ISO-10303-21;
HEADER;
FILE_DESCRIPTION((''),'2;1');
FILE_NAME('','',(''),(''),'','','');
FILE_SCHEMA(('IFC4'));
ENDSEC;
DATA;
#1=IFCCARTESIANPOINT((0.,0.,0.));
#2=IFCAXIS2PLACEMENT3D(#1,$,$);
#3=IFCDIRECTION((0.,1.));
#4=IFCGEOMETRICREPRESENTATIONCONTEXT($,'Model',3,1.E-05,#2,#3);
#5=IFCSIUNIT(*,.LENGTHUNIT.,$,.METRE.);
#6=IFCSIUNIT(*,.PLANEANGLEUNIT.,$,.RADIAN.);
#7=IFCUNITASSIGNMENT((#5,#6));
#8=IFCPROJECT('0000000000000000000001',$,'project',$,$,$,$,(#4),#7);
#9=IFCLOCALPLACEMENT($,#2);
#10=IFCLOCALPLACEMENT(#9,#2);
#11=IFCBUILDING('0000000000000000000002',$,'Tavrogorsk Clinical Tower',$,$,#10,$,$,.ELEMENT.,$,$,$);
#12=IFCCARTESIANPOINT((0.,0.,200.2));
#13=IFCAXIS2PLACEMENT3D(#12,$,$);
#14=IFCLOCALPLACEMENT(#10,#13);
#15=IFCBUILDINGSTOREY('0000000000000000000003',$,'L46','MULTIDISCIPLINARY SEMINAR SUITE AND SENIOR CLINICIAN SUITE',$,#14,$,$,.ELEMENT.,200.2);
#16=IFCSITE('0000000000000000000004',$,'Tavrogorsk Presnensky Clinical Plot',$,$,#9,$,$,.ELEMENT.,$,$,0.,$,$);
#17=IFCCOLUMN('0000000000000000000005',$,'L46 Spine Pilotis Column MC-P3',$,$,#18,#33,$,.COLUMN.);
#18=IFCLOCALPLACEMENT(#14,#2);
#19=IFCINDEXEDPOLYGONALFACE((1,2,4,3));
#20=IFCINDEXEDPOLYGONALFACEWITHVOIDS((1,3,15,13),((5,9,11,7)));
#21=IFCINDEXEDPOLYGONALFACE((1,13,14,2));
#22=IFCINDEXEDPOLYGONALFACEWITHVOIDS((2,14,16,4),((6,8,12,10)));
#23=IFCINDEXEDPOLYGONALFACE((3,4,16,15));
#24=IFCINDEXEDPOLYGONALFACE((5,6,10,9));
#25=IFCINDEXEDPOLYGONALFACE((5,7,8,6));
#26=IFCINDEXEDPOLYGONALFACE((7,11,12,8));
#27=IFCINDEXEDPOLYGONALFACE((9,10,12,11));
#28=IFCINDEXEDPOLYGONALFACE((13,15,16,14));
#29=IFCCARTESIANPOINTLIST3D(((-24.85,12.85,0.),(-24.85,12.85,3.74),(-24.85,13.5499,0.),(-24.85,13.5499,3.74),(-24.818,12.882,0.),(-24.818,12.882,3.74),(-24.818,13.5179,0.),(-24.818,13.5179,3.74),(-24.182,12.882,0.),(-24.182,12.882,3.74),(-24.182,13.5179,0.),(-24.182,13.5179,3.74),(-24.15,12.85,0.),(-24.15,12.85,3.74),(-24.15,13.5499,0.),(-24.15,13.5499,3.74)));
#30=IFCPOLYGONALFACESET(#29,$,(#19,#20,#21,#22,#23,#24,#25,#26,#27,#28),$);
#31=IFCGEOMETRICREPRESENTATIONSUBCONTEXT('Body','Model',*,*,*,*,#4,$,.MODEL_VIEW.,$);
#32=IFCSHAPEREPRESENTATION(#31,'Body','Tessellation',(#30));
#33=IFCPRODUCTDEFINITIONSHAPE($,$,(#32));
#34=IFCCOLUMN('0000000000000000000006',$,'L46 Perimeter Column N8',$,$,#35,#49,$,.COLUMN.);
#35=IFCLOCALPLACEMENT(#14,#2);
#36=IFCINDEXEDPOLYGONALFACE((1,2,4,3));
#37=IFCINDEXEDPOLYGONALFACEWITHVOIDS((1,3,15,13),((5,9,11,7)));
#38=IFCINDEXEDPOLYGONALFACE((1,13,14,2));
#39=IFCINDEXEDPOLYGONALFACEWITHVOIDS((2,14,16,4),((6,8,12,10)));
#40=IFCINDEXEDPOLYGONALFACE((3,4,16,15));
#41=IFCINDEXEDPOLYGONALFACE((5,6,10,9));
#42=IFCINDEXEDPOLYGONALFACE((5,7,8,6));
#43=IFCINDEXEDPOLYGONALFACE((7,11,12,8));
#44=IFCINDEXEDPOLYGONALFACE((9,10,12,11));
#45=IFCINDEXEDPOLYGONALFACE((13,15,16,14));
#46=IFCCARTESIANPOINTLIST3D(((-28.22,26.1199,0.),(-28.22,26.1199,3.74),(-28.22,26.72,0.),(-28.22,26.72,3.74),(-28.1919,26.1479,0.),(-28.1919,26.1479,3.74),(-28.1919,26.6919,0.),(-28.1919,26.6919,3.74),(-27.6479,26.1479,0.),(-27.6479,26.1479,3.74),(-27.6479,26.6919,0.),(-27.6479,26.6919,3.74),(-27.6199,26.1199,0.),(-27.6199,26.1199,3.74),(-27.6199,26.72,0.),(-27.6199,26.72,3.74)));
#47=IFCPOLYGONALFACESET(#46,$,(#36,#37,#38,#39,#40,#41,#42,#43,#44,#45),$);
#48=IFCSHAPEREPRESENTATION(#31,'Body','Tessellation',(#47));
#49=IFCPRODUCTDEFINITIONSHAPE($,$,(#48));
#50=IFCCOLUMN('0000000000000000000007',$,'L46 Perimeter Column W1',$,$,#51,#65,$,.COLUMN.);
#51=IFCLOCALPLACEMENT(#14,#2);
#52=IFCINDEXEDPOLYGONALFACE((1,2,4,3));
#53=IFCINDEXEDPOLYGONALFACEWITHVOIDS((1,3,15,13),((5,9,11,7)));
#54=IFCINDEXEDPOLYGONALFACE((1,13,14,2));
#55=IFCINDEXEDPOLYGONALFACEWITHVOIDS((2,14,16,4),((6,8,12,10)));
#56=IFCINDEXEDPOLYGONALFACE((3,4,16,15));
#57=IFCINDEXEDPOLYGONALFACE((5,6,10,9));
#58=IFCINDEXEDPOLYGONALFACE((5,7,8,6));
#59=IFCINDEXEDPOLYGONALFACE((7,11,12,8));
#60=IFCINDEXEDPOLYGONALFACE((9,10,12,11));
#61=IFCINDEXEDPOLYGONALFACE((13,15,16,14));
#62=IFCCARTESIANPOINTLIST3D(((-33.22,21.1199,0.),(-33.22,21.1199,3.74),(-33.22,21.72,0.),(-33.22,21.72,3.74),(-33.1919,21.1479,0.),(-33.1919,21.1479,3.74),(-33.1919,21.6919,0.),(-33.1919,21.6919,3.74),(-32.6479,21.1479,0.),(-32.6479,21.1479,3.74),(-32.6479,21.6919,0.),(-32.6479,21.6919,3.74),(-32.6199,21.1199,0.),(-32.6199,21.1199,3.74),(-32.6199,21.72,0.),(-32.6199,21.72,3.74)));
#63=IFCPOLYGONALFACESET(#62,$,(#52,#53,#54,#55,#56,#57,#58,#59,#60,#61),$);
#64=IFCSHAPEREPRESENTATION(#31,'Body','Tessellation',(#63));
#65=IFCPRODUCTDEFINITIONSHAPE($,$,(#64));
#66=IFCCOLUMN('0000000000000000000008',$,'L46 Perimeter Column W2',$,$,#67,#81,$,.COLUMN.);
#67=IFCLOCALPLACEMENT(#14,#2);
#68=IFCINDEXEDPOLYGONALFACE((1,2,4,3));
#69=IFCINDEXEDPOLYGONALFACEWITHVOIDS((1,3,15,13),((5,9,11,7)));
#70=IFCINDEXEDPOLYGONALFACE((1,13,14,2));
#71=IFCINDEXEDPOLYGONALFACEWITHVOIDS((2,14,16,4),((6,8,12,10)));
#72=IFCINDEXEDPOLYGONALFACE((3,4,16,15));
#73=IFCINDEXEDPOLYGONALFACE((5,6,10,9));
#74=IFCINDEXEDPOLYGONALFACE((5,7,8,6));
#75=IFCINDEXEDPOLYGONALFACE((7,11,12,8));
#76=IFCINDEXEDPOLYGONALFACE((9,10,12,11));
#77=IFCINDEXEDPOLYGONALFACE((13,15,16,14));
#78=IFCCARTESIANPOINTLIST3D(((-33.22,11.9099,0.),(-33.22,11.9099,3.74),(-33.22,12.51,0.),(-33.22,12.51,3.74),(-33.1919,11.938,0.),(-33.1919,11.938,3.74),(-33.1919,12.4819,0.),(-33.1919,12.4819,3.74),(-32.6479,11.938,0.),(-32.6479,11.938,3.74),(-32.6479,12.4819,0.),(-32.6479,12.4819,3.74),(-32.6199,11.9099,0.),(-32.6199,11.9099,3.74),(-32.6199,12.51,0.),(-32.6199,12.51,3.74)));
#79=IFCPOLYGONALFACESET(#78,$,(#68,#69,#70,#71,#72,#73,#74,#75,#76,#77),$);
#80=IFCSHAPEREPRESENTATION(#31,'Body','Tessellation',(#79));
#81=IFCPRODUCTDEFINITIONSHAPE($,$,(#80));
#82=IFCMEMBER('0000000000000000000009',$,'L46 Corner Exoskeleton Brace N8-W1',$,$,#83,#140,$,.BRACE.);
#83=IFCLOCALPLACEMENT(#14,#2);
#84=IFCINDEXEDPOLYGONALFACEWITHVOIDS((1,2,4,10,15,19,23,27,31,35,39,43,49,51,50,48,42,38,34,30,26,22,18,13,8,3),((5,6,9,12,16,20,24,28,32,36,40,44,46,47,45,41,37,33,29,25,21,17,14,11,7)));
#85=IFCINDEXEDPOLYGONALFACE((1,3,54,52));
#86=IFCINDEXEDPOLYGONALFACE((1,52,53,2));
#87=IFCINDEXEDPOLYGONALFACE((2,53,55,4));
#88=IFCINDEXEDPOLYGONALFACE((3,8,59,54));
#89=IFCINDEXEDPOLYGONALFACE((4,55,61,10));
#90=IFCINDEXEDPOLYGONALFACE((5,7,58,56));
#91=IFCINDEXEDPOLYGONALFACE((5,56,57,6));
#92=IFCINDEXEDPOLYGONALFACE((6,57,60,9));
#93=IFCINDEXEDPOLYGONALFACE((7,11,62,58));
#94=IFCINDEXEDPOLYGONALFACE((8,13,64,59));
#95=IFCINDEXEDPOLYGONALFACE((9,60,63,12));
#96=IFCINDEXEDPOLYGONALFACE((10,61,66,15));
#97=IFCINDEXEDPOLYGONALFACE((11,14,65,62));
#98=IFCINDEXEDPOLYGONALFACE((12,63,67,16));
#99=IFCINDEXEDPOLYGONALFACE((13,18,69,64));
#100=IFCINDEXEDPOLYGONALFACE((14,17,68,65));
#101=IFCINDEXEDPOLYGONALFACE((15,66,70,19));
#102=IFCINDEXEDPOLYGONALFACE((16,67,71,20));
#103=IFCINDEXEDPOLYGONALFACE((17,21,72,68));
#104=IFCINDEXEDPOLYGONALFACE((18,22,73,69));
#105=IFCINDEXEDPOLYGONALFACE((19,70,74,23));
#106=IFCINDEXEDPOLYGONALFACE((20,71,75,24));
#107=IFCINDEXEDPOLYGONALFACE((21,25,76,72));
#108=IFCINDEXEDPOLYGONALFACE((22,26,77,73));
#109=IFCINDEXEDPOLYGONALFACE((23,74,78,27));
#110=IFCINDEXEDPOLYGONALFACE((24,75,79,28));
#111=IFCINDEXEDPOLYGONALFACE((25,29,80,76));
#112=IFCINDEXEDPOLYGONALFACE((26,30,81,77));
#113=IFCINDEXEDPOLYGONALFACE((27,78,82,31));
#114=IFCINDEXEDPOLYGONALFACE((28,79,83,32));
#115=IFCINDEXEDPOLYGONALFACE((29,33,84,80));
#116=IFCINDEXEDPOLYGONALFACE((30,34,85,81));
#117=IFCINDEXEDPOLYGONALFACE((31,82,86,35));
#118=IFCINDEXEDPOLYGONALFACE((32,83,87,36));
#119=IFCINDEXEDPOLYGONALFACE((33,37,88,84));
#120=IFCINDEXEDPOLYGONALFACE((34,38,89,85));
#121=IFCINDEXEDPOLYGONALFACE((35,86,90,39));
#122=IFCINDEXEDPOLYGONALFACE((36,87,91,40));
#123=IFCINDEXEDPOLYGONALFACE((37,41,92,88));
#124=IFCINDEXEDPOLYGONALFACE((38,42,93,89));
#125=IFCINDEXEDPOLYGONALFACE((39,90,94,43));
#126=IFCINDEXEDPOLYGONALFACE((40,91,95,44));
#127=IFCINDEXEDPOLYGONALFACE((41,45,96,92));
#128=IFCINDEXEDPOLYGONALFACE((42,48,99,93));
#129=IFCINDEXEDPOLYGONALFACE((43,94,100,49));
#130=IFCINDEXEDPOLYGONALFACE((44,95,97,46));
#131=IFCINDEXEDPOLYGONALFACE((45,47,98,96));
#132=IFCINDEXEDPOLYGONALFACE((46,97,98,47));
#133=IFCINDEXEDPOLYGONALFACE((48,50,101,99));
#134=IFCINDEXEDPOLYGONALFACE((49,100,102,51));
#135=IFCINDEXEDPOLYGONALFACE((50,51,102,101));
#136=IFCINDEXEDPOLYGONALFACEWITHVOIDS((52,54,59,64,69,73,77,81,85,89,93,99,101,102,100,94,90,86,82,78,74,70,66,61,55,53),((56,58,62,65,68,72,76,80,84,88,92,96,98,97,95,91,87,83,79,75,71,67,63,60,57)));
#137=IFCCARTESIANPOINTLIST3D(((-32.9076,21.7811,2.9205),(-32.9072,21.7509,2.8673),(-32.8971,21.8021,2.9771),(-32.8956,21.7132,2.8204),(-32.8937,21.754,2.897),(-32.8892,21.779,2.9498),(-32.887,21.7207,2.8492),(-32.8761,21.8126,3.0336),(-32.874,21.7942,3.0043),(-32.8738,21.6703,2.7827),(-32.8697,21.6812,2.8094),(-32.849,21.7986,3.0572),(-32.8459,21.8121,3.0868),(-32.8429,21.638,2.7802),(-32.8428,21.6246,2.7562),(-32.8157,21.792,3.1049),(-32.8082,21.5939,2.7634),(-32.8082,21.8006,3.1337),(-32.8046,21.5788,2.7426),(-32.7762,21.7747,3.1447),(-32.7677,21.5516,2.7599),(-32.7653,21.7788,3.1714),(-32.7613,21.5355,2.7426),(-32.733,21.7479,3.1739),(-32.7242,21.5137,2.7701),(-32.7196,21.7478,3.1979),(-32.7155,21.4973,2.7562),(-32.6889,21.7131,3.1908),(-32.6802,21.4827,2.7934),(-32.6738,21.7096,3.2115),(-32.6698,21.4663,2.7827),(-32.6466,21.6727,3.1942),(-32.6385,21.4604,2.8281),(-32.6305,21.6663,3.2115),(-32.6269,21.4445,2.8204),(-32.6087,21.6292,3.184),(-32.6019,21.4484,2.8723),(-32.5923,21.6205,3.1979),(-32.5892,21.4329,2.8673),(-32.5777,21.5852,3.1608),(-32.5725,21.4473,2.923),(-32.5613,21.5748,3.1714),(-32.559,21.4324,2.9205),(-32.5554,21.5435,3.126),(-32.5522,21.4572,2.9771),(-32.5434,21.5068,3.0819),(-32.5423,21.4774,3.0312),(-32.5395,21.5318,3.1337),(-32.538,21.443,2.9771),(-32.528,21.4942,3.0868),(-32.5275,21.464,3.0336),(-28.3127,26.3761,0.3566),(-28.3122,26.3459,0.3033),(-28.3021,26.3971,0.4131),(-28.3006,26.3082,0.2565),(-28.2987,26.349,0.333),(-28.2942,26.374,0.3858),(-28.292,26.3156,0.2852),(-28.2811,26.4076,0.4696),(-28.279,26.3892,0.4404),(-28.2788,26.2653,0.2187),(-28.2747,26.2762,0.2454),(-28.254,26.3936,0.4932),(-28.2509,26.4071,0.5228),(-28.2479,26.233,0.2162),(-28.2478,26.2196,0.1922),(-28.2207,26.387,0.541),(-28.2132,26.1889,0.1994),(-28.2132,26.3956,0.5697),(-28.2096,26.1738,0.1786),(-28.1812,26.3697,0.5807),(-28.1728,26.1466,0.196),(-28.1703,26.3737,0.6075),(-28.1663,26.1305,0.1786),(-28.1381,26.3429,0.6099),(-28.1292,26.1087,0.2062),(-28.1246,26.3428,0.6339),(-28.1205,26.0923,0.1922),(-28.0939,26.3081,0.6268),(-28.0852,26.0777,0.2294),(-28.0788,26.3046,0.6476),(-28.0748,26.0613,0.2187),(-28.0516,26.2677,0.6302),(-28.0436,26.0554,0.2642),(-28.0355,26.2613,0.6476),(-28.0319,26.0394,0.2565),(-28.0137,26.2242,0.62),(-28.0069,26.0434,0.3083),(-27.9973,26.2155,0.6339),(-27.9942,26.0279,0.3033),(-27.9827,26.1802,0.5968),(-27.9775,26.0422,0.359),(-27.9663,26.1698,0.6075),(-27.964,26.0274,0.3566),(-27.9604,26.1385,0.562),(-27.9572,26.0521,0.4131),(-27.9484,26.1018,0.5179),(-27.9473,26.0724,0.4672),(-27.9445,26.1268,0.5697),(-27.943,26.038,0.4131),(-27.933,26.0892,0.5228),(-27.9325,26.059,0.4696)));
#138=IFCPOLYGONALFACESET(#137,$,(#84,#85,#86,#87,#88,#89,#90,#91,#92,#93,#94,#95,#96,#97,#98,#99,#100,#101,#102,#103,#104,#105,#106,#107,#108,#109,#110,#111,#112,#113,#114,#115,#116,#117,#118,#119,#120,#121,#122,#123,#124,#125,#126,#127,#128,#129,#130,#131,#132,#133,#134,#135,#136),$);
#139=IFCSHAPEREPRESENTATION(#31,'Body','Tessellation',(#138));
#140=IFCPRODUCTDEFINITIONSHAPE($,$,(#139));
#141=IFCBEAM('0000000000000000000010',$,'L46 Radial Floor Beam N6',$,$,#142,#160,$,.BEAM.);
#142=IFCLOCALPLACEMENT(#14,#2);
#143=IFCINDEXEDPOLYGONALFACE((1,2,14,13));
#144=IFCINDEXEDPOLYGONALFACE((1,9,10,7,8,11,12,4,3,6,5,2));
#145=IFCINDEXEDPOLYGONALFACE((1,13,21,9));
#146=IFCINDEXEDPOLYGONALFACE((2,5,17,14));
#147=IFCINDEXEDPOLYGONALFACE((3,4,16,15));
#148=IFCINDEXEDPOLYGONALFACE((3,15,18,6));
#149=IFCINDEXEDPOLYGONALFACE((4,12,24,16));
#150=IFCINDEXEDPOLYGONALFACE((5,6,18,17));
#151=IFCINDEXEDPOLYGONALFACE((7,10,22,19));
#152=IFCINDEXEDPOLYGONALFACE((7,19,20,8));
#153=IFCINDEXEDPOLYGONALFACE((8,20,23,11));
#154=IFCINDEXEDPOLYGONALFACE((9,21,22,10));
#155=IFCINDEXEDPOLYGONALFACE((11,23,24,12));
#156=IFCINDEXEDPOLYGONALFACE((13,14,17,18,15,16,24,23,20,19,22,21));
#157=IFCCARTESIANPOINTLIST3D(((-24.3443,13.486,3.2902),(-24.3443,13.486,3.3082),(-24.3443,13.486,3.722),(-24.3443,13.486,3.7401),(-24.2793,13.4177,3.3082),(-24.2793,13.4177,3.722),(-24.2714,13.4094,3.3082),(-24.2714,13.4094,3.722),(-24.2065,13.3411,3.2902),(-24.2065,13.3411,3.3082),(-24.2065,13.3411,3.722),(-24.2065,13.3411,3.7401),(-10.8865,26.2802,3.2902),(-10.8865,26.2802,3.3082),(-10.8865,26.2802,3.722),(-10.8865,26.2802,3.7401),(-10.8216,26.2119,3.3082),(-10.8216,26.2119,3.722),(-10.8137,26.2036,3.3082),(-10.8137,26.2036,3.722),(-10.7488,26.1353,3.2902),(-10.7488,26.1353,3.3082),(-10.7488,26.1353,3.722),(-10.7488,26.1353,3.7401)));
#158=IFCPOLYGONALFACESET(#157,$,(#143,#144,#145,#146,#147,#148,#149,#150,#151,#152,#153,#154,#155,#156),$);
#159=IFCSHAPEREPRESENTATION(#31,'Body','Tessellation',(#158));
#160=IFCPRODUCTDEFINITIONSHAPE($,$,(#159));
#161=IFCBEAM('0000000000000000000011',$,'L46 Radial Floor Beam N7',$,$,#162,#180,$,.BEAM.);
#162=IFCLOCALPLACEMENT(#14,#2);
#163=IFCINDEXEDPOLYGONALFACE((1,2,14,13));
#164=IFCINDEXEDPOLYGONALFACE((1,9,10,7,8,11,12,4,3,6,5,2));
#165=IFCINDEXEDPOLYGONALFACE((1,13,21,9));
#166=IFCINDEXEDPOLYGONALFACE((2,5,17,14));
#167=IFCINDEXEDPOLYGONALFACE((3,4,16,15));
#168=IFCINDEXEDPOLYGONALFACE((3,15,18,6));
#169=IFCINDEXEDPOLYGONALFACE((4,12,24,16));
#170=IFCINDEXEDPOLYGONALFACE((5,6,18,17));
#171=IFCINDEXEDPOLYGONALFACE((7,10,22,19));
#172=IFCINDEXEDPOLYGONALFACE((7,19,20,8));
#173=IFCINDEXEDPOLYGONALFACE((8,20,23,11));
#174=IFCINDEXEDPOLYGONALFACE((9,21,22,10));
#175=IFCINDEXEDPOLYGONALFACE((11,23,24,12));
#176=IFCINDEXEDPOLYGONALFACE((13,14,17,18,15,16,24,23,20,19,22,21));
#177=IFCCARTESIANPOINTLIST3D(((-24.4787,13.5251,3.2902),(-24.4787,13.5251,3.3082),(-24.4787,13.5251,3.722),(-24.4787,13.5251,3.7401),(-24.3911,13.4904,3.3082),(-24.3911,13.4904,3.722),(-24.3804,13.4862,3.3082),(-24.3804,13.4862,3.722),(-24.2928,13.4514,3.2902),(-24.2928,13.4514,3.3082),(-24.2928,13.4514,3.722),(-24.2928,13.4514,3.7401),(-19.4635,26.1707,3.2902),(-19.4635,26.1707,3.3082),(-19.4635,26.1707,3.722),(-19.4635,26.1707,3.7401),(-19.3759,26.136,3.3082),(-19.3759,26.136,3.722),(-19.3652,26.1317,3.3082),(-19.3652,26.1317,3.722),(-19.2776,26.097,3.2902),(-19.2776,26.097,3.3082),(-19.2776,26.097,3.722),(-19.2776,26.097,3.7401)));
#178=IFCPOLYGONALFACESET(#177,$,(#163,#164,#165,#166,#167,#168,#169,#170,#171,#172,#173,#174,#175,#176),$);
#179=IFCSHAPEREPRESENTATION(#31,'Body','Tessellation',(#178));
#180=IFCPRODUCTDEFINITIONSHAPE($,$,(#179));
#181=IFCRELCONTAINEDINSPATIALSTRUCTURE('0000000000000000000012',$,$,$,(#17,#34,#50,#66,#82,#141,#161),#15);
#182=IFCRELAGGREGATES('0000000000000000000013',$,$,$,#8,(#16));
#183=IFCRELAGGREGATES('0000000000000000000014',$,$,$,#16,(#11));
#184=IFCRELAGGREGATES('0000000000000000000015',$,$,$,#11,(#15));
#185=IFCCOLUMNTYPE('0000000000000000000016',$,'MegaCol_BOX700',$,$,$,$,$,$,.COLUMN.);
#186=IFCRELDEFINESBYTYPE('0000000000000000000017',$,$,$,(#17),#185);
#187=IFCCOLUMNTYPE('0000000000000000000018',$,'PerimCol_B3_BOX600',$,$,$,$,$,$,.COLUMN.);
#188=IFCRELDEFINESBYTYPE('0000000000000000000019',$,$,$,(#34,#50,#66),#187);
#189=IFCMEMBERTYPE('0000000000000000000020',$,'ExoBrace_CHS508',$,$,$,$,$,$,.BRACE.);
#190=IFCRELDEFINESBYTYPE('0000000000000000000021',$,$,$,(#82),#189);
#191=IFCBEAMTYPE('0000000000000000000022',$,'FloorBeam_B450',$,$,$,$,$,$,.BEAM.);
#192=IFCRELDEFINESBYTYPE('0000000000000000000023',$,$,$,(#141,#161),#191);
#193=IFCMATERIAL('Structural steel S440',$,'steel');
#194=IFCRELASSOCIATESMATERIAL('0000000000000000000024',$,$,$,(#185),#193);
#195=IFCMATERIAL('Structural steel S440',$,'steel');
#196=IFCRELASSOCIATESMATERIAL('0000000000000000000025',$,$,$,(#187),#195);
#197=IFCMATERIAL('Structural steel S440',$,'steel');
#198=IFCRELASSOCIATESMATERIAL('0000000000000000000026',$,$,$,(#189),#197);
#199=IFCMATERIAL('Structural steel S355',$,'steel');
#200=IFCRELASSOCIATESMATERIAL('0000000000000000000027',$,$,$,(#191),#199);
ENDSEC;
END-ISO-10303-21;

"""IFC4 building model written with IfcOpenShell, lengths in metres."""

from ifc_helpers import new_model, si_unit, direction, frame, origin, origin_2d, place, context, subcontext, project, spatial, hollow_rectangle, hollow_circle, i_section, extrude, material, material_profile, profile_set, type_object, element, save


model = new_model("IFC4")

# Units and contexts
model_context = context("Model", 3, precision=1e-05, world=origin(), true_north=direction((0.0, 1.0)))
body_context = subcontext(model_context, "Body", "Model", "MODEL_VIEW")
ifc_project = project(units=[si_unit("LENGTHUNIT", "METRE"), si_unit("PLANEANGLEUNIT", "RADIAN")], contexts=[model_context])

# Site, building, storey
site_placement = place(None, origin())
site = spatial("IfcSite", under=ifc_project, at=site_placement, Name="Tavrogorsk Presnensky Clinical Plot", CompositionType="ELEMENT", RefElevation=0.0)
building_placement = place(site_placement, origin())
building = spatial("IfcBuilding", under=site, at=building_placement, Name="Tavrogorsk Clinical Tower", CompositionType="ELEMENT")
storey_placement = place(building_placement, frame((0.0, 0.0, 200.2)))
storey = spatial("IfcBuildingStorey", under=building, at=storey_placement, Name="L46", Description="MULTIDISCIPLINARY SEMINAR SUITE AND SENIOR CLINICIAN SUITE", CompositionType="ELEMENT", Elevation=200.2)

# Columns
ifc_material_1 = material(Name="Structural steel S440", Category="steel")
ifc_material_profile_1 = material_profile(ifc_material_1, hollow_rectangle(XDim=0.7, YDim=0.7, WallThickness=0.032, at=origin_2d()), Name="BOX-700x700x32")
ifc_profile_set_1 = profile_set([ifc_material_profile_1], Name="Structural steel S440")
column_type_1 = type_object("IfcColumnType", Name="MegaCol_BOX700", PredefinedType="COLUMN", material=ifc_profile_set_1)
column_placement = place(storey_placement, frame((-24.5, 13.2, 0.0), z_axis=(0.0, 0.0, 1.0), x_axis=(1.0, 0.0, 0.0)))
element("IfcColumn", 1, at=column_placement, inside=storey, type_object=column_type_1, Name="L46 Spine Pilotis Column MC-P3", PredefinedType="COLUMN", context=body_context, shape_type="SweptSolid", body=[
    extrude(hollow_rectangle(XDim=0.7, YDim=0.7, WallThickness=0.032, at=origin_2d()), origin(), (0.0, 0.0, 1.0), 3.74),
])
ifc_material_2 = material(Name="Structural steel S440", Category="steel")
ifc_material_profile_2 = material_profile(ifc_material_2, hollow_rectangle(XDim=0.6001, YDim=0.6001, WallThickness=0.0281, at=origin_2d()), Name="BOX-600x600x28")
ifc_profile_set_2 = profile_set([ifc_material_profile_2], Name="Structural steel S440")
column_type_2 = type_object("IfcColumnType", Name="PerimCol_B3_BOX600", PredefinedType="COLUMN", material=ifc_profile_set_2)
for number, where, z_axis, x_axis, name in (
    (2, (-27.9199, 26.4199, 0.0), (0.0, 0.0, 1.0), (1.0, 0.0, 0.0), "L46 Perimeter Column N8"),
    (3, (-32.9199, 21.4199, 0.0), (0.0, 0.0, 1.0), (1.0, 0.0, 0.0), "L46 Perimeter Column W1"),
    (4, (-32.9199, 12.21, 0.0), (0.0, 0.0, 1.0), (1.0, 0.0, 0.0), "L46 Perimeter Column W2"),
):
    element("IfcColumn", number, at=place(storey_placement, frame(where, z_axis=z_axis, x_axis=x_axis)), inside=storey, type_object=column_type_2, Name=name, PredefinedType="COLUMN", context=body_context, shape_type="SweptSolid", body=[
        extrude(hollow_rectangle(XDim=0.6001, YDim=0.6001, WallThickness=0.0281, at=origin_2d()), origin(), (0.0, 0.0, 1.0), 3.74),
    ])

# Member
ifc_material_3 = material(Name="Structural steel S440", Category="steel")
ifc_material_profile_3 = material_profile(ifc_material_3, hollow_circle(Radius=0.2539, WallThickness=0.02, at=origin_2d()), Name="CHS-508x20")
ifc_profile_set_3 = profile_set([ifc_material_profile_3], Name="Structural steel S440")
member_type = type_object("IfcMemberType", Name="ExoBrace_CHS508", PredefinedType="BRACE", material=ifc_profile_set_3)
member_placement = place(storey_placement, frame((-28.1226, 26.2175, 0.4131), z_axis=(-0.657759, -0.657759, 0.367025), x_axis=(0.707107, -0.707107, 0.0)))
element("IfcMember", 5, at=member_placement, inside=storey, type_object=member_type, Name="L46 Corner Exoskeleton Brace N8-W1", PredefinedType="BRACE", context=body_context, shape_type="SweptSolid", body=[
    extrude(hollow_circle(Radius=0.2539, WallThickness=0.02, at=origin_2d()), origin(), (0.0, 0.0, 1.0), 6.9858),
])

# Beams
ifc_material_4 = material(Name="Structural steel S355", Category="steel")
ifc_material_profile_4 = material_profile(ifc_material_4, i_section(OverallWidth=0.2, OverallDepth=0.45, WebThickness=0.0115, FlangeThickness=0.0181, at=origin_2d()), Name="B-450x200x11.5x18")
ifc_profile_set_4 = profile_set([ifc_material_profile_4], Name="Structural steel S355")
beam_type_1 = type_object("IfcBeamType", Name="FloorBeam_B450", PredefinedType="BEAM", material=ifc_profile_set_4)
beam_1_placement = place(storey_placement, frame((-24.2754, 13.4136, 3.5151), z_axis=(0.724749, 0.689013, 0.0), x_axis=(-0.689013, 0.724749, 0.0)))
element("IfcBeam", 6, at=beam_1_placement, inside=storey, type_object=beam_type_1, Name="L46 Radial Floor Beam N6", PredefinedType="BEAM", context=body_context, shape_type="SweptSolid", body=[
    extrude(i_section(OverallWidth=0.2, OverallDepth=0.45, WebThickness=0.0115, FlangeThickness=0.0181, at=origin_2d()), origin(), (0.0, 0.0, 1.0), 18.5688),
])
beam_2_placement = place(storey_placement, frame((-24.3857, 13.4883, 3.5151), z_axis=(0.36866, 0.929564, 0.0), x_axis=(-0.929564, 0.36866, 0.0)))
element("IfcBeam", 7, at=beam_2_placement, inside=storey, type_object=beam_type_1, Name="L46 Radial Floor Beam N7", PredefinedType="BEAM", context=body_context, shape_type="SweptSolid", body=[
    extrude(i_section(OverallWidth=0.2, OverallDepth=0.45, WebThickness=0.0115, FlangeThickness=0.0181, at=origin_2d()), origin(), (0.0, 0.0, 1.0), 13.6038),
])

save(model, "model.ifc")
